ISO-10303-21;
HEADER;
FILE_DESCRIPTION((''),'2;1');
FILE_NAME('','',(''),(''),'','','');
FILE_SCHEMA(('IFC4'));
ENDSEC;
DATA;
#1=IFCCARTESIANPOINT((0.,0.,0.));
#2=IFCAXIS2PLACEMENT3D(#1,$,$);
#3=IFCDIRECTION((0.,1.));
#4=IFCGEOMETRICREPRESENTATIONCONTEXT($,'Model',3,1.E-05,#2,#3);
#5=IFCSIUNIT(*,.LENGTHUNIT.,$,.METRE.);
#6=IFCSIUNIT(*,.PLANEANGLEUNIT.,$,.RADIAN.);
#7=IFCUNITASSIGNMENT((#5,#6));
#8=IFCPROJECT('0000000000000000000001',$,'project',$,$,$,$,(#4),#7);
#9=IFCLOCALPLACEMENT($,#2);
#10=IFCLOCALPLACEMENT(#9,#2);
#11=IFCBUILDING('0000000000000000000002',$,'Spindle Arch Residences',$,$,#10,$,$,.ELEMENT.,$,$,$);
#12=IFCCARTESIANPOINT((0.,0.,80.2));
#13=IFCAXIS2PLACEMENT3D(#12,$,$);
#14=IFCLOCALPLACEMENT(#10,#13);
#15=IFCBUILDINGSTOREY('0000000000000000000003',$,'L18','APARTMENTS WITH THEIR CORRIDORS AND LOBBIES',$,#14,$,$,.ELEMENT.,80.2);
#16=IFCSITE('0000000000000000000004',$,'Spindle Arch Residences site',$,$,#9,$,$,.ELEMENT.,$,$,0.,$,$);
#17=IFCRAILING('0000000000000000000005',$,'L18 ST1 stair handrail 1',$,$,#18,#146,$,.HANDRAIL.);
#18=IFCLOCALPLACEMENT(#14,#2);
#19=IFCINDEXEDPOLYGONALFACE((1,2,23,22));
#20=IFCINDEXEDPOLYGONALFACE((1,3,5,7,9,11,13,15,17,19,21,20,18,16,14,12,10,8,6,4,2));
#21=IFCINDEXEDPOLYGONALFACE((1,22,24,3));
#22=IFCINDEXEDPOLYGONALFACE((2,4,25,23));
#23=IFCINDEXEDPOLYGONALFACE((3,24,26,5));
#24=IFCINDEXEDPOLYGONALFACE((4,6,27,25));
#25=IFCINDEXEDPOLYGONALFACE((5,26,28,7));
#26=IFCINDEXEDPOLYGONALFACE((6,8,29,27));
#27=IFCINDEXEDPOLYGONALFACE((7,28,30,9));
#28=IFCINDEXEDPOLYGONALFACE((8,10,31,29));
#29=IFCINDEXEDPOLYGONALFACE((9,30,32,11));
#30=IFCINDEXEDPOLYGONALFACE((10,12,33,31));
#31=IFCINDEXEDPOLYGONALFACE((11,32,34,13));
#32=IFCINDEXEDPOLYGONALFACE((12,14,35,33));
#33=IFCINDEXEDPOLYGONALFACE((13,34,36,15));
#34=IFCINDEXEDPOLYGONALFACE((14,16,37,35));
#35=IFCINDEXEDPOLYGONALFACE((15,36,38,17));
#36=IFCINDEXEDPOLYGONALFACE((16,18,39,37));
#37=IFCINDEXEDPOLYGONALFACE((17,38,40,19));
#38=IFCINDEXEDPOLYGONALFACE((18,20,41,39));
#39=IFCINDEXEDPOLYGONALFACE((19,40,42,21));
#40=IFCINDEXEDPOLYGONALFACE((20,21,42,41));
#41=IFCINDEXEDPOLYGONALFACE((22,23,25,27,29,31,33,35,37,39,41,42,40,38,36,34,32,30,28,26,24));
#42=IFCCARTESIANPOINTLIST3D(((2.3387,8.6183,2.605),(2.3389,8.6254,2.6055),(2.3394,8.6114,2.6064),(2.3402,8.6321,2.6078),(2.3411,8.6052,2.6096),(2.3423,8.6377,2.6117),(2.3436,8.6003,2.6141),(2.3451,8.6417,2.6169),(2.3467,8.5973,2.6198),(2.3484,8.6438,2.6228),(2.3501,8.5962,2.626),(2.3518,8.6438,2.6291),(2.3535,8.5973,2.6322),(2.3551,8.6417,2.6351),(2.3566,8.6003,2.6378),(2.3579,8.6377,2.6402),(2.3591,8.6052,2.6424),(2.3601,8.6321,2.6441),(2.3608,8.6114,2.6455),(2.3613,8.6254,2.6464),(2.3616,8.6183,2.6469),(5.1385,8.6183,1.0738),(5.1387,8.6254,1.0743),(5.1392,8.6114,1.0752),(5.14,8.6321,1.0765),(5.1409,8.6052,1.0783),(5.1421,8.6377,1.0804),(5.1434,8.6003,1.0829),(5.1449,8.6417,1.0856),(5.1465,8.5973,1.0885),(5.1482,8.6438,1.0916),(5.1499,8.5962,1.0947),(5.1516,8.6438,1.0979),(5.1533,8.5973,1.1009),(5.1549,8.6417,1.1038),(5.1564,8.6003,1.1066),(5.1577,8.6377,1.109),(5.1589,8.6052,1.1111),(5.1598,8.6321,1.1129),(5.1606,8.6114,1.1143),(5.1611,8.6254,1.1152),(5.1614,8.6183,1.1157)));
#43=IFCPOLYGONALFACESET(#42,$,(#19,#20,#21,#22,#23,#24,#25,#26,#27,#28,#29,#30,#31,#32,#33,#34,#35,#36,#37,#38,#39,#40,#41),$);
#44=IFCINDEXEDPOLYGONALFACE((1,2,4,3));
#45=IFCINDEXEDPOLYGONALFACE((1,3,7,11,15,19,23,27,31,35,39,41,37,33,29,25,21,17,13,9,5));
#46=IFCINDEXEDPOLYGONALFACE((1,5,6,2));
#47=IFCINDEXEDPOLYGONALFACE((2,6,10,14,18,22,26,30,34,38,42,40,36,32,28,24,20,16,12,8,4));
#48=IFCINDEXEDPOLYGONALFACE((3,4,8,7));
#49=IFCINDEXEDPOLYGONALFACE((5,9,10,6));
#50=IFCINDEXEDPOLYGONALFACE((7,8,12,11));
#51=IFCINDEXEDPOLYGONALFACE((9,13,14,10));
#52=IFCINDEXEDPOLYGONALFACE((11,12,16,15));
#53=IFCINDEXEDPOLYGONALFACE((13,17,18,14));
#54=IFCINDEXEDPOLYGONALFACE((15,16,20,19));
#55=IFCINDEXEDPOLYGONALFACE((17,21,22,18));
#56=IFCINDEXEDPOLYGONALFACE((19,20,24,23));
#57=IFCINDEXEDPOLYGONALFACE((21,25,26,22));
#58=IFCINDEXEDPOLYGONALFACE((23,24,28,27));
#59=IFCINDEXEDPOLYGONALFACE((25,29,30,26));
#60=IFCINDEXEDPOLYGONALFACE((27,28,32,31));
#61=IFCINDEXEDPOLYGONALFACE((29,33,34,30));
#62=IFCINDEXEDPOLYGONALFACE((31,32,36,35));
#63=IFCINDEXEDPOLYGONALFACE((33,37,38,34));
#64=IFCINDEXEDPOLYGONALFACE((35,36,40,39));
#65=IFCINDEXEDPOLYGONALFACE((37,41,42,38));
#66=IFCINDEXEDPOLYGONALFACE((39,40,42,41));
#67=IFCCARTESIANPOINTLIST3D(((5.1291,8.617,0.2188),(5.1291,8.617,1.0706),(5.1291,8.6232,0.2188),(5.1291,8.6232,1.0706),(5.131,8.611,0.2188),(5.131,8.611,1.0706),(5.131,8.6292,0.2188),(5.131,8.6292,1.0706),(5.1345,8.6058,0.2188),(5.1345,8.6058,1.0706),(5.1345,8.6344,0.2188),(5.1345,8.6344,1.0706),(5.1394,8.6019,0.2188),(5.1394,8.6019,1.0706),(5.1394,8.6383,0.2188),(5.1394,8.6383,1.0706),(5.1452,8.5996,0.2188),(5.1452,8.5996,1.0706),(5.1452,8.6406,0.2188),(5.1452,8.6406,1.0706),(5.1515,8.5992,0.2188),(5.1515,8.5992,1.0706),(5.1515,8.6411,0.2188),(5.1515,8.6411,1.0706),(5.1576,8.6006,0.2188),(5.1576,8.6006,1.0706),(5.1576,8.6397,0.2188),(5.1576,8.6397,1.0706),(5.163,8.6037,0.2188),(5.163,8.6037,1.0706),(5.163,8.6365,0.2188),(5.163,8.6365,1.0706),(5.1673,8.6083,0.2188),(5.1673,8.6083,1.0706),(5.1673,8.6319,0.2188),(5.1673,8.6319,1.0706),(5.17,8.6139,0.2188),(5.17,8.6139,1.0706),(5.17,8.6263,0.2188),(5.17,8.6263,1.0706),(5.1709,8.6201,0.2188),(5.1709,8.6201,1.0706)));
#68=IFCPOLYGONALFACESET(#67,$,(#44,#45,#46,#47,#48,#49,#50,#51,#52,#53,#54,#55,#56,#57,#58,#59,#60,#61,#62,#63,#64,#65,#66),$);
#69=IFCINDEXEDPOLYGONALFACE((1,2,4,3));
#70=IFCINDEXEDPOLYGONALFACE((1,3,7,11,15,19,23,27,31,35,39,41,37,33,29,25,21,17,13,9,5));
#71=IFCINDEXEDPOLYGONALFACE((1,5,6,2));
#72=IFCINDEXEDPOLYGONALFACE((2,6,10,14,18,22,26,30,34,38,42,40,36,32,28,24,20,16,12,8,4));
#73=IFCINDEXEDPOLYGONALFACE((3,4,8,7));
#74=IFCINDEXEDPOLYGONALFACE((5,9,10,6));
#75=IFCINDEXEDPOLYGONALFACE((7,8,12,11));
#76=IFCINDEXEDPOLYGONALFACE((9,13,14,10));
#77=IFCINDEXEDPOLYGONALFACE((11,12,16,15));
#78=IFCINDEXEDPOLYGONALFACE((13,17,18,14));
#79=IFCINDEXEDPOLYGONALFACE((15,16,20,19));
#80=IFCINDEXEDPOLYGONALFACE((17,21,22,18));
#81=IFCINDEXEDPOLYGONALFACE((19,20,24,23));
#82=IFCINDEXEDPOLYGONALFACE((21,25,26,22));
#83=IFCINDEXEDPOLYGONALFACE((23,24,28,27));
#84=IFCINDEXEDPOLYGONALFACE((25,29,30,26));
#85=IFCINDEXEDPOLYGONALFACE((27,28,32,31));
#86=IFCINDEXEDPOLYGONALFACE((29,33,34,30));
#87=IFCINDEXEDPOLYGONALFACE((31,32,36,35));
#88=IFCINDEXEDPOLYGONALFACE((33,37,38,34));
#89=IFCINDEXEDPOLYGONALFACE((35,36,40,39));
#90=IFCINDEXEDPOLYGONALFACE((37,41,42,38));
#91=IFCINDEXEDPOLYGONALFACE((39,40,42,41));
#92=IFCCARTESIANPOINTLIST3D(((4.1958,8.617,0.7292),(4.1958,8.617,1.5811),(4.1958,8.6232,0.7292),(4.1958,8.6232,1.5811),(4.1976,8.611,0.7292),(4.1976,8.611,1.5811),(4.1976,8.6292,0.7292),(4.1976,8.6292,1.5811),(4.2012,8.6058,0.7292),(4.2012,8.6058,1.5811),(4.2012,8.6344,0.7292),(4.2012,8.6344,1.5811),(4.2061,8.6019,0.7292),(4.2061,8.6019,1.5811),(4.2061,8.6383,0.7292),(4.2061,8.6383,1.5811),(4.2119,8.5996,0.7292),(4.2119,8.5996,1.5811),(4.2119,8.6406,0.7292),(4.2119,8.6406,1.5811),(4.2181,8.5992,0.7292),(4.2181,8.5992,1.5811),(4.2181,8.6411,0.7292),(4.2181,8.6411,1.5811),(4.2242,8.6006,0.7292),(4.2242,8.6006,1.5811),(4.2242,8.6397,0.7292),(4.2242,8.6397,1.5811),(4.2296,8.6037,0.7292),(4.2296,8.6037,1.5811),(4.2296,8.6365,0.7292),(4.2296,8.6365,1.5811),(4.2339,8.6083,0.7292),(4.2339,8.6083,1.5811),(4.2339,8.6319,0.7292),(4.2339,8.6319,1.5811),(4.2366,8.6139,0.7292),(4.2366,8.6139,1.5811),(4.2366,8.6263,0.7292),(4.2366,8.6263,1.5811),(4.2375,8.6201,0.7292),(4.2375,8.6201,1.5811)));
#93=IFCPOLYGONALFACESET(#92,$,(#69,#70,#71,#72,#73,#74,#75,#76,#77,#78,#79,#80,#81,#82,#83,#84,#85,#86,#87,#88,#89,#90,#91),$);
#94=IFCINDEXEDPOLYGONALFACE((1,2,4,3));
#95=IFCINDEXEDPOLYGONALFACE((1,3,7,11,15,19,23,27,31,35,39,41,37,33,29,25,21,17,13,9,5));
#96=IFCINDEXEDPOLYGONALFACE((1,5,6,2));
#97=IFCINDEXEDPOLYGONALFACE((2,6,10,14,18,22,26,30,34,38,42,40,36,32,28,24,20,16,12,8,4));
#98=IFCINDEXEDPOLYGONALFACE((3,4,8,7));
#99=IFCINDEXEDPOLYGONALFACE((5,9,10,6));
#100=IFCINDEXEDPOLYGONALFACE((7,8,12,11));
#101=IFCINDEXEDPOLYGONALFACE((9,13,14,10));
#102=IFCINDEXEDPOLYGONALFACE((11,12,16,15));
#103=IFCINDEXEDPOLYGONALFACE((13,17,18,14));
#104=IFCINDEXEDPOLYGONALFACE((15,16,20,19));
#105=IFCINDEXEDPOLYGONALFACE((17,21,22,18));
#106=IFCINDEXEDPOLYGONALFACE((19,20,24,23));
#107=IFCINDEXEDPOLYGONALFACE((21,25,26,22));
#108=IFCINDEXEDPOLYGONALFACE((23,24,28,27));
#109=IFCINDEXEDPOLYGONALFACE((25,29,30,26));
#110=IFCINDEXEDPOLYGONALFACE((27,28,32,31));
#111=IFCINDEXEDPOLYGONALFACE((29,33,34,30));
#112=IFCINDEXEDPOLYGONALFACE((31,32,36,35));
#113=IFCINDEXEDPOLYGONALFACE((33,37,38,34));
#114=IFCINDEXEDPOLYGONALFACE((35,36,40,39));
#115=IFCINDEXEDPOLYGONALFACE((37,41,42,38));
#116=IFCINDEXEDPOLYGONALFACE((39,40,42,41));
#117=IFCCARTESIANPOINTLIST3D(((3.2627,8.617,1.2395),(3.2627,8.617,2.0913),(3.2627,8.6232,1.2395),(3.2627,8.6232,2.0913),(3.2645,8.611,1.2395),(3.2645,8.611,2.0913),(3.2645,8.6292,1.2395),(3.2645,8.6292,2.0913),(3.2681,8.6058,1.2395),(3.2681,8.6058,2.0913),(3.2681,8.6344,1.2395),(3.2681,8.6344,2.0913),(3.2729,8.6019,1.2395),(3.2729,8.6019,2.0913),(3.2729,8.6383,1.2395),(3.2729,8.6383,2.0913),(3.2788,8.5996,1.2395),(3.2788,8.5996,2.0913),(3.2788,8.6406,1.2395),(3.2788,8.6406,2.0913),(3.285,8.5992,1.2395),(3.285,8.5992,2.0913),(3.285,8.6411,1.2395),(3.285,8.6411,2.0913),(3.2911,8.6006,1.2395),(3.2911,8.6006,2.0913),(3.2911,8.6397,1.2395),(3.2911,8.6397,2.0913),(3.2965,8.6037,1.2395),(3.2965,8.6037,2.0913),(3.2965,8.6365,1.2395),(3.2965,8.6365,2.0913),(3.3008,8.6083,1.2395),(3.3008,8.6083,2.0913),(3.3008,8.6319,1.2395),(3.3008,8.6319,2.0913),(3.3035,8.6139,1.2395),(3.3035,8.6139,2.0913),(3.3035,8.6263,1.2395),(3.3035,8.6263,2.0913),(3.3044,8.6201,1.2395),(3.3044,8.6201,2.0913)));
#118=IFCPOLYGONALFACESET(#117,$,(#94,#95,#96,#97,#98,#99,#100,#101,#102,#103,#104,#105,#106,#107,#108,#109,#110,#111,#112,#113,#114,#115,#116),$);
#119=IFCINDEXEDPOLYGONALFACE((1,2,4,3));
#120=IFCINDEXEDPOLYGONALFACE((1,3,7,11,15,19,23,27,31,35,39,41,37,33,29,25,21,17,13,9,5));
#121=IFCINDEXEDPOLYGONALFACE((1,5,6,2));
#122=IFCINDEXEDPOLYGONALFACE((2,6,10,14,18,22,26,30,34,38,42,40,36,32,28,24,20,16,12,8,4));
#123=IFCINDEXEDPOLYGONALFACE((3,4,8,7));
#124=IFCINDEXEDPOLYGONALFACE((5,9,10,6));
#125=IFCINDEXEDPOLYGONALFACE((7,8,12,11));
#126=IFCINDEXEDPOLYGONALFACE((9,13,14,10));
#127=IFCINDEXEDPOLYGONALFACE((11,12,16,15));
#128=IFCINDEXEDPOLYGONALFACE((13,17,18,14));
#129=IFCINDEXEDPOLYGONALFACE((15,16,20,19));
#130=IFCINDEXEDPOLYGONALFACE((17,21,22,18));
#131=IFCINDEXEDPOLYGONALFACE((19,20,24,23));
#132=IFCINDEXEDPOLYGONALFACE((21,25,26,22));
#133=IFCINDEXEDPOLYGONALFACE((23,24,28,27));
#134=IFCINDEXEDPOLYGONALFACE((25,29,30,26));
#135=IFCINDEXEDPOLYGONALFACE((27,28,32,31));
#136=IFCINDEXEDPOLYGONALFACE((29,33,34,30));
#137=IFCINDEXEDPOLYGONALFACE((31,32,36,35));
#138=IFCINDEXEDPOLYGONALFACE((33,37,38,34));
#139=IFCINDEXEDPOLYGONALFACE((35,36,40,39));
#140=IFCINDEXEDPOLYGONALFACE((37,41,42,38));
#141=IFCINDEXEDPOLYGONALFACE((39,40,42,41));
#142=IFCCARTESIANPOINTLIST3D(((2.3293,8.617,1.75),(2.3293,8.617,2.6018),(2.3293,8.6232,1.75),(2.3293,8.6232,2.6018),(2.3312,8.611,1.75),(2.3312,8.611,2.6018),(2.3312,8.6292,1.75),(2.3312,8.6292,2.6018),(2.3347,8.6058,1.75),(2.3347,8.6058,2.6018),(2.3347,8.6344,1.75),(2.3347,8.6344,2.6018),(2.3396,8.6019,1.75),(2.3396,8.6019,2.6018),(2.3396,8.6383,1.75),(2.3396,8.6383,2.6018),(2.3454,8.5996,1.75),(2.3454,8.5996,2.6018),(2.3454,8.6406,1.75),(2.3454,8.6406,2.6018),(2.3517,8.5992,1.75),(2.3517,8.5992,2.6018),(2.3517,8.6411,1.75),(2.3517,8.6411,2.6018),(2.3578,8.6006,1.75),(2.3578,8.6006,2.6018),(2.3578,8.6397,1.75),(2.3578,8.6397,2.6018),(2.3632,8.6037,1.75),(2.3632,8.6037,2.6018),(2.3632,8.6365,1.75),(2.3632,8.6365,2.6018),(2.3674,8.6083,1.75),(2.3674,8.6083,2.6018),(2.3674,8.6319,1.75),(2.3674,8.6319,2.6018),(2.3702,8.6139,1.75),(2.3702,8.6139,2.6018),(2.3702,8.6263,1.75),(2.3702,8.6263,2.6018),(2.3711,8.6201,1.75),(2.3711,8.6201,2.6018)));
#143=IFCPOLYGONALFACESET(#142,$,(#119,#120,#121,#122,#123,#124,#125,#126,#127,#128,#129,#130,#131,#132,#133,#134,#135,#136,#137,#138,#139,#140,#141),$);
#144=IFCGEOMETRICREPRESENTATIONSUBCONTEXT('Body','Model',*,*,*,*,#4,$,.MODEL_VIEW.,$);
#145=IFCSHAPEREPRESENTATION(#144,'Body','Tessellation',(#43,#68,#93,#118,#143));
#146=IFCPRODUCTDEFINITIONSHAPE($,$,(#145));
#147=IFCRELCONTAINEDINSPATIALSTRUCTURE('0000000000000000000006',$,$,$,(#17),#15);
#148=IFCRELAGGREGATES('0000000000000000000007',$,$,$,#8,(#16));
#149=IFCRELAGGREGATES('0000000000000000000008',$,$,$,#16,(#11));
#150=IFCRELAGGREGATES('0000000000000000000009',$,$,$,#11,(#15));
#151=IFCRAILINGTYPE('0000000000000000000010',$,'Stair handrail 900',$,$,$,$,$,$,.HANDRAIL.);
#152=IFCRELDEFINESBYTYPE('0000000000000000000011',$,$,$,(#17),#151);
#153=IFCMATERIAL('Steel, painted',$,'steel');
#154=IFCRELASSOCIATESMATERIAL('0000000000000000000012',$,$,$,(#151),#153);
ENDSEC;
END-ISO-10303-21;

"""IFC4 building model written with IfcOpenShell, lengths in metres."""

from ifc_helpers import new_model, si_unit, direction, frame, origin, origin_2d, place, context, subcontext, project, spatial, circle, extrude, material, type_object, element, save


model = new_model("IFC4")

# Units and contexts
model_context = context("Model", 3, precision=1e-05, world=origin(), true_north=direction((0.0, 1.0)))
body_context = subcontext(model_context, "Body", "Model", "MODEL_VIEW")
ifc_project = project(units=[si_unit("LENGTHUNIT", "METRE"), si_unit("PLANEANGLEUNIT", "RADIAN")], contexts=[model_context])

# Site, building, storey
site_placement = place(None, origin())
site = spatial("IfcSite", under=ifc_project, at=site_placement, Name="Spindle Arch Residences site", CompositionType="ELEMENT", RefElevation=0.0)
building_placement = place(site_placement, origin())
building = spatial("IfcBuilding", under=site, at=building_placement, Name="Spindle Arch Residences", CompositionType="ELEMENT")
storey_placement = place(building_placement, frame((0.0, 0.0, 80.2)))
storey = spatial("IfcBuildingStorey", under=building, at=storey_placement, Name="L18", Description="APARTMENTS WITH THEIR CORRIDORS AND LOBBIES", CompositionType="ELEMENT", Elevation=80.2)

# Railing
ifc_material_1 = material(Name="Steel, painted", Category="steel")
railing_type_1 = type_object("IfcRailingType", Name="Stair handrail 900", PredefinedType="HANDRAIL", material=ifc_material_1)
railing_1_placement = place(storey_placement, frame((5.1499, 8.6201, 0.2188)))
element("IfcRailing", 1, at=railing_1_placement, inside=storey, type_object=railing_type_1, Name="L18 ST1 stair handrail 1", PredefinedType="HANDRAIL", context=body_context, shape_type="SweptSolid", body=[
    extrude(circle(Radius=0.0239, at=origin_2d()), frame((0.0, 0.0, 0.876), z_axis=(-0.877357, 0.0, 0.479838), x_axis=(0.0, -1.0, 0.0)), (0.0, 0.0, 1.0), 3.1912),
    extrude(circle(Radius=0.021, at=origin_2d()), origin(), (0.0, 0.0, 1.0), 0.8518),
    extrude(circle(Radius=0.021, at=origin_2d()), frame((-0.9333, 0.0, 0.5105)), (0.0, 0.0, 1.0), 0.8518),
    extrude(circle(Radius=0.021, at=origin_2d()), frame((-1.8665, 0.0, 1.0208)), (0.0, 0.0, 1.0), 0.8518),
    extrude(circle(Radius=0.021, at=origin_2d()), frame((-2.7998, 0.0, 1.5312)), (0.0, 0.0, 1.0), 0.8518),
])

save(model, "model.ifc")
